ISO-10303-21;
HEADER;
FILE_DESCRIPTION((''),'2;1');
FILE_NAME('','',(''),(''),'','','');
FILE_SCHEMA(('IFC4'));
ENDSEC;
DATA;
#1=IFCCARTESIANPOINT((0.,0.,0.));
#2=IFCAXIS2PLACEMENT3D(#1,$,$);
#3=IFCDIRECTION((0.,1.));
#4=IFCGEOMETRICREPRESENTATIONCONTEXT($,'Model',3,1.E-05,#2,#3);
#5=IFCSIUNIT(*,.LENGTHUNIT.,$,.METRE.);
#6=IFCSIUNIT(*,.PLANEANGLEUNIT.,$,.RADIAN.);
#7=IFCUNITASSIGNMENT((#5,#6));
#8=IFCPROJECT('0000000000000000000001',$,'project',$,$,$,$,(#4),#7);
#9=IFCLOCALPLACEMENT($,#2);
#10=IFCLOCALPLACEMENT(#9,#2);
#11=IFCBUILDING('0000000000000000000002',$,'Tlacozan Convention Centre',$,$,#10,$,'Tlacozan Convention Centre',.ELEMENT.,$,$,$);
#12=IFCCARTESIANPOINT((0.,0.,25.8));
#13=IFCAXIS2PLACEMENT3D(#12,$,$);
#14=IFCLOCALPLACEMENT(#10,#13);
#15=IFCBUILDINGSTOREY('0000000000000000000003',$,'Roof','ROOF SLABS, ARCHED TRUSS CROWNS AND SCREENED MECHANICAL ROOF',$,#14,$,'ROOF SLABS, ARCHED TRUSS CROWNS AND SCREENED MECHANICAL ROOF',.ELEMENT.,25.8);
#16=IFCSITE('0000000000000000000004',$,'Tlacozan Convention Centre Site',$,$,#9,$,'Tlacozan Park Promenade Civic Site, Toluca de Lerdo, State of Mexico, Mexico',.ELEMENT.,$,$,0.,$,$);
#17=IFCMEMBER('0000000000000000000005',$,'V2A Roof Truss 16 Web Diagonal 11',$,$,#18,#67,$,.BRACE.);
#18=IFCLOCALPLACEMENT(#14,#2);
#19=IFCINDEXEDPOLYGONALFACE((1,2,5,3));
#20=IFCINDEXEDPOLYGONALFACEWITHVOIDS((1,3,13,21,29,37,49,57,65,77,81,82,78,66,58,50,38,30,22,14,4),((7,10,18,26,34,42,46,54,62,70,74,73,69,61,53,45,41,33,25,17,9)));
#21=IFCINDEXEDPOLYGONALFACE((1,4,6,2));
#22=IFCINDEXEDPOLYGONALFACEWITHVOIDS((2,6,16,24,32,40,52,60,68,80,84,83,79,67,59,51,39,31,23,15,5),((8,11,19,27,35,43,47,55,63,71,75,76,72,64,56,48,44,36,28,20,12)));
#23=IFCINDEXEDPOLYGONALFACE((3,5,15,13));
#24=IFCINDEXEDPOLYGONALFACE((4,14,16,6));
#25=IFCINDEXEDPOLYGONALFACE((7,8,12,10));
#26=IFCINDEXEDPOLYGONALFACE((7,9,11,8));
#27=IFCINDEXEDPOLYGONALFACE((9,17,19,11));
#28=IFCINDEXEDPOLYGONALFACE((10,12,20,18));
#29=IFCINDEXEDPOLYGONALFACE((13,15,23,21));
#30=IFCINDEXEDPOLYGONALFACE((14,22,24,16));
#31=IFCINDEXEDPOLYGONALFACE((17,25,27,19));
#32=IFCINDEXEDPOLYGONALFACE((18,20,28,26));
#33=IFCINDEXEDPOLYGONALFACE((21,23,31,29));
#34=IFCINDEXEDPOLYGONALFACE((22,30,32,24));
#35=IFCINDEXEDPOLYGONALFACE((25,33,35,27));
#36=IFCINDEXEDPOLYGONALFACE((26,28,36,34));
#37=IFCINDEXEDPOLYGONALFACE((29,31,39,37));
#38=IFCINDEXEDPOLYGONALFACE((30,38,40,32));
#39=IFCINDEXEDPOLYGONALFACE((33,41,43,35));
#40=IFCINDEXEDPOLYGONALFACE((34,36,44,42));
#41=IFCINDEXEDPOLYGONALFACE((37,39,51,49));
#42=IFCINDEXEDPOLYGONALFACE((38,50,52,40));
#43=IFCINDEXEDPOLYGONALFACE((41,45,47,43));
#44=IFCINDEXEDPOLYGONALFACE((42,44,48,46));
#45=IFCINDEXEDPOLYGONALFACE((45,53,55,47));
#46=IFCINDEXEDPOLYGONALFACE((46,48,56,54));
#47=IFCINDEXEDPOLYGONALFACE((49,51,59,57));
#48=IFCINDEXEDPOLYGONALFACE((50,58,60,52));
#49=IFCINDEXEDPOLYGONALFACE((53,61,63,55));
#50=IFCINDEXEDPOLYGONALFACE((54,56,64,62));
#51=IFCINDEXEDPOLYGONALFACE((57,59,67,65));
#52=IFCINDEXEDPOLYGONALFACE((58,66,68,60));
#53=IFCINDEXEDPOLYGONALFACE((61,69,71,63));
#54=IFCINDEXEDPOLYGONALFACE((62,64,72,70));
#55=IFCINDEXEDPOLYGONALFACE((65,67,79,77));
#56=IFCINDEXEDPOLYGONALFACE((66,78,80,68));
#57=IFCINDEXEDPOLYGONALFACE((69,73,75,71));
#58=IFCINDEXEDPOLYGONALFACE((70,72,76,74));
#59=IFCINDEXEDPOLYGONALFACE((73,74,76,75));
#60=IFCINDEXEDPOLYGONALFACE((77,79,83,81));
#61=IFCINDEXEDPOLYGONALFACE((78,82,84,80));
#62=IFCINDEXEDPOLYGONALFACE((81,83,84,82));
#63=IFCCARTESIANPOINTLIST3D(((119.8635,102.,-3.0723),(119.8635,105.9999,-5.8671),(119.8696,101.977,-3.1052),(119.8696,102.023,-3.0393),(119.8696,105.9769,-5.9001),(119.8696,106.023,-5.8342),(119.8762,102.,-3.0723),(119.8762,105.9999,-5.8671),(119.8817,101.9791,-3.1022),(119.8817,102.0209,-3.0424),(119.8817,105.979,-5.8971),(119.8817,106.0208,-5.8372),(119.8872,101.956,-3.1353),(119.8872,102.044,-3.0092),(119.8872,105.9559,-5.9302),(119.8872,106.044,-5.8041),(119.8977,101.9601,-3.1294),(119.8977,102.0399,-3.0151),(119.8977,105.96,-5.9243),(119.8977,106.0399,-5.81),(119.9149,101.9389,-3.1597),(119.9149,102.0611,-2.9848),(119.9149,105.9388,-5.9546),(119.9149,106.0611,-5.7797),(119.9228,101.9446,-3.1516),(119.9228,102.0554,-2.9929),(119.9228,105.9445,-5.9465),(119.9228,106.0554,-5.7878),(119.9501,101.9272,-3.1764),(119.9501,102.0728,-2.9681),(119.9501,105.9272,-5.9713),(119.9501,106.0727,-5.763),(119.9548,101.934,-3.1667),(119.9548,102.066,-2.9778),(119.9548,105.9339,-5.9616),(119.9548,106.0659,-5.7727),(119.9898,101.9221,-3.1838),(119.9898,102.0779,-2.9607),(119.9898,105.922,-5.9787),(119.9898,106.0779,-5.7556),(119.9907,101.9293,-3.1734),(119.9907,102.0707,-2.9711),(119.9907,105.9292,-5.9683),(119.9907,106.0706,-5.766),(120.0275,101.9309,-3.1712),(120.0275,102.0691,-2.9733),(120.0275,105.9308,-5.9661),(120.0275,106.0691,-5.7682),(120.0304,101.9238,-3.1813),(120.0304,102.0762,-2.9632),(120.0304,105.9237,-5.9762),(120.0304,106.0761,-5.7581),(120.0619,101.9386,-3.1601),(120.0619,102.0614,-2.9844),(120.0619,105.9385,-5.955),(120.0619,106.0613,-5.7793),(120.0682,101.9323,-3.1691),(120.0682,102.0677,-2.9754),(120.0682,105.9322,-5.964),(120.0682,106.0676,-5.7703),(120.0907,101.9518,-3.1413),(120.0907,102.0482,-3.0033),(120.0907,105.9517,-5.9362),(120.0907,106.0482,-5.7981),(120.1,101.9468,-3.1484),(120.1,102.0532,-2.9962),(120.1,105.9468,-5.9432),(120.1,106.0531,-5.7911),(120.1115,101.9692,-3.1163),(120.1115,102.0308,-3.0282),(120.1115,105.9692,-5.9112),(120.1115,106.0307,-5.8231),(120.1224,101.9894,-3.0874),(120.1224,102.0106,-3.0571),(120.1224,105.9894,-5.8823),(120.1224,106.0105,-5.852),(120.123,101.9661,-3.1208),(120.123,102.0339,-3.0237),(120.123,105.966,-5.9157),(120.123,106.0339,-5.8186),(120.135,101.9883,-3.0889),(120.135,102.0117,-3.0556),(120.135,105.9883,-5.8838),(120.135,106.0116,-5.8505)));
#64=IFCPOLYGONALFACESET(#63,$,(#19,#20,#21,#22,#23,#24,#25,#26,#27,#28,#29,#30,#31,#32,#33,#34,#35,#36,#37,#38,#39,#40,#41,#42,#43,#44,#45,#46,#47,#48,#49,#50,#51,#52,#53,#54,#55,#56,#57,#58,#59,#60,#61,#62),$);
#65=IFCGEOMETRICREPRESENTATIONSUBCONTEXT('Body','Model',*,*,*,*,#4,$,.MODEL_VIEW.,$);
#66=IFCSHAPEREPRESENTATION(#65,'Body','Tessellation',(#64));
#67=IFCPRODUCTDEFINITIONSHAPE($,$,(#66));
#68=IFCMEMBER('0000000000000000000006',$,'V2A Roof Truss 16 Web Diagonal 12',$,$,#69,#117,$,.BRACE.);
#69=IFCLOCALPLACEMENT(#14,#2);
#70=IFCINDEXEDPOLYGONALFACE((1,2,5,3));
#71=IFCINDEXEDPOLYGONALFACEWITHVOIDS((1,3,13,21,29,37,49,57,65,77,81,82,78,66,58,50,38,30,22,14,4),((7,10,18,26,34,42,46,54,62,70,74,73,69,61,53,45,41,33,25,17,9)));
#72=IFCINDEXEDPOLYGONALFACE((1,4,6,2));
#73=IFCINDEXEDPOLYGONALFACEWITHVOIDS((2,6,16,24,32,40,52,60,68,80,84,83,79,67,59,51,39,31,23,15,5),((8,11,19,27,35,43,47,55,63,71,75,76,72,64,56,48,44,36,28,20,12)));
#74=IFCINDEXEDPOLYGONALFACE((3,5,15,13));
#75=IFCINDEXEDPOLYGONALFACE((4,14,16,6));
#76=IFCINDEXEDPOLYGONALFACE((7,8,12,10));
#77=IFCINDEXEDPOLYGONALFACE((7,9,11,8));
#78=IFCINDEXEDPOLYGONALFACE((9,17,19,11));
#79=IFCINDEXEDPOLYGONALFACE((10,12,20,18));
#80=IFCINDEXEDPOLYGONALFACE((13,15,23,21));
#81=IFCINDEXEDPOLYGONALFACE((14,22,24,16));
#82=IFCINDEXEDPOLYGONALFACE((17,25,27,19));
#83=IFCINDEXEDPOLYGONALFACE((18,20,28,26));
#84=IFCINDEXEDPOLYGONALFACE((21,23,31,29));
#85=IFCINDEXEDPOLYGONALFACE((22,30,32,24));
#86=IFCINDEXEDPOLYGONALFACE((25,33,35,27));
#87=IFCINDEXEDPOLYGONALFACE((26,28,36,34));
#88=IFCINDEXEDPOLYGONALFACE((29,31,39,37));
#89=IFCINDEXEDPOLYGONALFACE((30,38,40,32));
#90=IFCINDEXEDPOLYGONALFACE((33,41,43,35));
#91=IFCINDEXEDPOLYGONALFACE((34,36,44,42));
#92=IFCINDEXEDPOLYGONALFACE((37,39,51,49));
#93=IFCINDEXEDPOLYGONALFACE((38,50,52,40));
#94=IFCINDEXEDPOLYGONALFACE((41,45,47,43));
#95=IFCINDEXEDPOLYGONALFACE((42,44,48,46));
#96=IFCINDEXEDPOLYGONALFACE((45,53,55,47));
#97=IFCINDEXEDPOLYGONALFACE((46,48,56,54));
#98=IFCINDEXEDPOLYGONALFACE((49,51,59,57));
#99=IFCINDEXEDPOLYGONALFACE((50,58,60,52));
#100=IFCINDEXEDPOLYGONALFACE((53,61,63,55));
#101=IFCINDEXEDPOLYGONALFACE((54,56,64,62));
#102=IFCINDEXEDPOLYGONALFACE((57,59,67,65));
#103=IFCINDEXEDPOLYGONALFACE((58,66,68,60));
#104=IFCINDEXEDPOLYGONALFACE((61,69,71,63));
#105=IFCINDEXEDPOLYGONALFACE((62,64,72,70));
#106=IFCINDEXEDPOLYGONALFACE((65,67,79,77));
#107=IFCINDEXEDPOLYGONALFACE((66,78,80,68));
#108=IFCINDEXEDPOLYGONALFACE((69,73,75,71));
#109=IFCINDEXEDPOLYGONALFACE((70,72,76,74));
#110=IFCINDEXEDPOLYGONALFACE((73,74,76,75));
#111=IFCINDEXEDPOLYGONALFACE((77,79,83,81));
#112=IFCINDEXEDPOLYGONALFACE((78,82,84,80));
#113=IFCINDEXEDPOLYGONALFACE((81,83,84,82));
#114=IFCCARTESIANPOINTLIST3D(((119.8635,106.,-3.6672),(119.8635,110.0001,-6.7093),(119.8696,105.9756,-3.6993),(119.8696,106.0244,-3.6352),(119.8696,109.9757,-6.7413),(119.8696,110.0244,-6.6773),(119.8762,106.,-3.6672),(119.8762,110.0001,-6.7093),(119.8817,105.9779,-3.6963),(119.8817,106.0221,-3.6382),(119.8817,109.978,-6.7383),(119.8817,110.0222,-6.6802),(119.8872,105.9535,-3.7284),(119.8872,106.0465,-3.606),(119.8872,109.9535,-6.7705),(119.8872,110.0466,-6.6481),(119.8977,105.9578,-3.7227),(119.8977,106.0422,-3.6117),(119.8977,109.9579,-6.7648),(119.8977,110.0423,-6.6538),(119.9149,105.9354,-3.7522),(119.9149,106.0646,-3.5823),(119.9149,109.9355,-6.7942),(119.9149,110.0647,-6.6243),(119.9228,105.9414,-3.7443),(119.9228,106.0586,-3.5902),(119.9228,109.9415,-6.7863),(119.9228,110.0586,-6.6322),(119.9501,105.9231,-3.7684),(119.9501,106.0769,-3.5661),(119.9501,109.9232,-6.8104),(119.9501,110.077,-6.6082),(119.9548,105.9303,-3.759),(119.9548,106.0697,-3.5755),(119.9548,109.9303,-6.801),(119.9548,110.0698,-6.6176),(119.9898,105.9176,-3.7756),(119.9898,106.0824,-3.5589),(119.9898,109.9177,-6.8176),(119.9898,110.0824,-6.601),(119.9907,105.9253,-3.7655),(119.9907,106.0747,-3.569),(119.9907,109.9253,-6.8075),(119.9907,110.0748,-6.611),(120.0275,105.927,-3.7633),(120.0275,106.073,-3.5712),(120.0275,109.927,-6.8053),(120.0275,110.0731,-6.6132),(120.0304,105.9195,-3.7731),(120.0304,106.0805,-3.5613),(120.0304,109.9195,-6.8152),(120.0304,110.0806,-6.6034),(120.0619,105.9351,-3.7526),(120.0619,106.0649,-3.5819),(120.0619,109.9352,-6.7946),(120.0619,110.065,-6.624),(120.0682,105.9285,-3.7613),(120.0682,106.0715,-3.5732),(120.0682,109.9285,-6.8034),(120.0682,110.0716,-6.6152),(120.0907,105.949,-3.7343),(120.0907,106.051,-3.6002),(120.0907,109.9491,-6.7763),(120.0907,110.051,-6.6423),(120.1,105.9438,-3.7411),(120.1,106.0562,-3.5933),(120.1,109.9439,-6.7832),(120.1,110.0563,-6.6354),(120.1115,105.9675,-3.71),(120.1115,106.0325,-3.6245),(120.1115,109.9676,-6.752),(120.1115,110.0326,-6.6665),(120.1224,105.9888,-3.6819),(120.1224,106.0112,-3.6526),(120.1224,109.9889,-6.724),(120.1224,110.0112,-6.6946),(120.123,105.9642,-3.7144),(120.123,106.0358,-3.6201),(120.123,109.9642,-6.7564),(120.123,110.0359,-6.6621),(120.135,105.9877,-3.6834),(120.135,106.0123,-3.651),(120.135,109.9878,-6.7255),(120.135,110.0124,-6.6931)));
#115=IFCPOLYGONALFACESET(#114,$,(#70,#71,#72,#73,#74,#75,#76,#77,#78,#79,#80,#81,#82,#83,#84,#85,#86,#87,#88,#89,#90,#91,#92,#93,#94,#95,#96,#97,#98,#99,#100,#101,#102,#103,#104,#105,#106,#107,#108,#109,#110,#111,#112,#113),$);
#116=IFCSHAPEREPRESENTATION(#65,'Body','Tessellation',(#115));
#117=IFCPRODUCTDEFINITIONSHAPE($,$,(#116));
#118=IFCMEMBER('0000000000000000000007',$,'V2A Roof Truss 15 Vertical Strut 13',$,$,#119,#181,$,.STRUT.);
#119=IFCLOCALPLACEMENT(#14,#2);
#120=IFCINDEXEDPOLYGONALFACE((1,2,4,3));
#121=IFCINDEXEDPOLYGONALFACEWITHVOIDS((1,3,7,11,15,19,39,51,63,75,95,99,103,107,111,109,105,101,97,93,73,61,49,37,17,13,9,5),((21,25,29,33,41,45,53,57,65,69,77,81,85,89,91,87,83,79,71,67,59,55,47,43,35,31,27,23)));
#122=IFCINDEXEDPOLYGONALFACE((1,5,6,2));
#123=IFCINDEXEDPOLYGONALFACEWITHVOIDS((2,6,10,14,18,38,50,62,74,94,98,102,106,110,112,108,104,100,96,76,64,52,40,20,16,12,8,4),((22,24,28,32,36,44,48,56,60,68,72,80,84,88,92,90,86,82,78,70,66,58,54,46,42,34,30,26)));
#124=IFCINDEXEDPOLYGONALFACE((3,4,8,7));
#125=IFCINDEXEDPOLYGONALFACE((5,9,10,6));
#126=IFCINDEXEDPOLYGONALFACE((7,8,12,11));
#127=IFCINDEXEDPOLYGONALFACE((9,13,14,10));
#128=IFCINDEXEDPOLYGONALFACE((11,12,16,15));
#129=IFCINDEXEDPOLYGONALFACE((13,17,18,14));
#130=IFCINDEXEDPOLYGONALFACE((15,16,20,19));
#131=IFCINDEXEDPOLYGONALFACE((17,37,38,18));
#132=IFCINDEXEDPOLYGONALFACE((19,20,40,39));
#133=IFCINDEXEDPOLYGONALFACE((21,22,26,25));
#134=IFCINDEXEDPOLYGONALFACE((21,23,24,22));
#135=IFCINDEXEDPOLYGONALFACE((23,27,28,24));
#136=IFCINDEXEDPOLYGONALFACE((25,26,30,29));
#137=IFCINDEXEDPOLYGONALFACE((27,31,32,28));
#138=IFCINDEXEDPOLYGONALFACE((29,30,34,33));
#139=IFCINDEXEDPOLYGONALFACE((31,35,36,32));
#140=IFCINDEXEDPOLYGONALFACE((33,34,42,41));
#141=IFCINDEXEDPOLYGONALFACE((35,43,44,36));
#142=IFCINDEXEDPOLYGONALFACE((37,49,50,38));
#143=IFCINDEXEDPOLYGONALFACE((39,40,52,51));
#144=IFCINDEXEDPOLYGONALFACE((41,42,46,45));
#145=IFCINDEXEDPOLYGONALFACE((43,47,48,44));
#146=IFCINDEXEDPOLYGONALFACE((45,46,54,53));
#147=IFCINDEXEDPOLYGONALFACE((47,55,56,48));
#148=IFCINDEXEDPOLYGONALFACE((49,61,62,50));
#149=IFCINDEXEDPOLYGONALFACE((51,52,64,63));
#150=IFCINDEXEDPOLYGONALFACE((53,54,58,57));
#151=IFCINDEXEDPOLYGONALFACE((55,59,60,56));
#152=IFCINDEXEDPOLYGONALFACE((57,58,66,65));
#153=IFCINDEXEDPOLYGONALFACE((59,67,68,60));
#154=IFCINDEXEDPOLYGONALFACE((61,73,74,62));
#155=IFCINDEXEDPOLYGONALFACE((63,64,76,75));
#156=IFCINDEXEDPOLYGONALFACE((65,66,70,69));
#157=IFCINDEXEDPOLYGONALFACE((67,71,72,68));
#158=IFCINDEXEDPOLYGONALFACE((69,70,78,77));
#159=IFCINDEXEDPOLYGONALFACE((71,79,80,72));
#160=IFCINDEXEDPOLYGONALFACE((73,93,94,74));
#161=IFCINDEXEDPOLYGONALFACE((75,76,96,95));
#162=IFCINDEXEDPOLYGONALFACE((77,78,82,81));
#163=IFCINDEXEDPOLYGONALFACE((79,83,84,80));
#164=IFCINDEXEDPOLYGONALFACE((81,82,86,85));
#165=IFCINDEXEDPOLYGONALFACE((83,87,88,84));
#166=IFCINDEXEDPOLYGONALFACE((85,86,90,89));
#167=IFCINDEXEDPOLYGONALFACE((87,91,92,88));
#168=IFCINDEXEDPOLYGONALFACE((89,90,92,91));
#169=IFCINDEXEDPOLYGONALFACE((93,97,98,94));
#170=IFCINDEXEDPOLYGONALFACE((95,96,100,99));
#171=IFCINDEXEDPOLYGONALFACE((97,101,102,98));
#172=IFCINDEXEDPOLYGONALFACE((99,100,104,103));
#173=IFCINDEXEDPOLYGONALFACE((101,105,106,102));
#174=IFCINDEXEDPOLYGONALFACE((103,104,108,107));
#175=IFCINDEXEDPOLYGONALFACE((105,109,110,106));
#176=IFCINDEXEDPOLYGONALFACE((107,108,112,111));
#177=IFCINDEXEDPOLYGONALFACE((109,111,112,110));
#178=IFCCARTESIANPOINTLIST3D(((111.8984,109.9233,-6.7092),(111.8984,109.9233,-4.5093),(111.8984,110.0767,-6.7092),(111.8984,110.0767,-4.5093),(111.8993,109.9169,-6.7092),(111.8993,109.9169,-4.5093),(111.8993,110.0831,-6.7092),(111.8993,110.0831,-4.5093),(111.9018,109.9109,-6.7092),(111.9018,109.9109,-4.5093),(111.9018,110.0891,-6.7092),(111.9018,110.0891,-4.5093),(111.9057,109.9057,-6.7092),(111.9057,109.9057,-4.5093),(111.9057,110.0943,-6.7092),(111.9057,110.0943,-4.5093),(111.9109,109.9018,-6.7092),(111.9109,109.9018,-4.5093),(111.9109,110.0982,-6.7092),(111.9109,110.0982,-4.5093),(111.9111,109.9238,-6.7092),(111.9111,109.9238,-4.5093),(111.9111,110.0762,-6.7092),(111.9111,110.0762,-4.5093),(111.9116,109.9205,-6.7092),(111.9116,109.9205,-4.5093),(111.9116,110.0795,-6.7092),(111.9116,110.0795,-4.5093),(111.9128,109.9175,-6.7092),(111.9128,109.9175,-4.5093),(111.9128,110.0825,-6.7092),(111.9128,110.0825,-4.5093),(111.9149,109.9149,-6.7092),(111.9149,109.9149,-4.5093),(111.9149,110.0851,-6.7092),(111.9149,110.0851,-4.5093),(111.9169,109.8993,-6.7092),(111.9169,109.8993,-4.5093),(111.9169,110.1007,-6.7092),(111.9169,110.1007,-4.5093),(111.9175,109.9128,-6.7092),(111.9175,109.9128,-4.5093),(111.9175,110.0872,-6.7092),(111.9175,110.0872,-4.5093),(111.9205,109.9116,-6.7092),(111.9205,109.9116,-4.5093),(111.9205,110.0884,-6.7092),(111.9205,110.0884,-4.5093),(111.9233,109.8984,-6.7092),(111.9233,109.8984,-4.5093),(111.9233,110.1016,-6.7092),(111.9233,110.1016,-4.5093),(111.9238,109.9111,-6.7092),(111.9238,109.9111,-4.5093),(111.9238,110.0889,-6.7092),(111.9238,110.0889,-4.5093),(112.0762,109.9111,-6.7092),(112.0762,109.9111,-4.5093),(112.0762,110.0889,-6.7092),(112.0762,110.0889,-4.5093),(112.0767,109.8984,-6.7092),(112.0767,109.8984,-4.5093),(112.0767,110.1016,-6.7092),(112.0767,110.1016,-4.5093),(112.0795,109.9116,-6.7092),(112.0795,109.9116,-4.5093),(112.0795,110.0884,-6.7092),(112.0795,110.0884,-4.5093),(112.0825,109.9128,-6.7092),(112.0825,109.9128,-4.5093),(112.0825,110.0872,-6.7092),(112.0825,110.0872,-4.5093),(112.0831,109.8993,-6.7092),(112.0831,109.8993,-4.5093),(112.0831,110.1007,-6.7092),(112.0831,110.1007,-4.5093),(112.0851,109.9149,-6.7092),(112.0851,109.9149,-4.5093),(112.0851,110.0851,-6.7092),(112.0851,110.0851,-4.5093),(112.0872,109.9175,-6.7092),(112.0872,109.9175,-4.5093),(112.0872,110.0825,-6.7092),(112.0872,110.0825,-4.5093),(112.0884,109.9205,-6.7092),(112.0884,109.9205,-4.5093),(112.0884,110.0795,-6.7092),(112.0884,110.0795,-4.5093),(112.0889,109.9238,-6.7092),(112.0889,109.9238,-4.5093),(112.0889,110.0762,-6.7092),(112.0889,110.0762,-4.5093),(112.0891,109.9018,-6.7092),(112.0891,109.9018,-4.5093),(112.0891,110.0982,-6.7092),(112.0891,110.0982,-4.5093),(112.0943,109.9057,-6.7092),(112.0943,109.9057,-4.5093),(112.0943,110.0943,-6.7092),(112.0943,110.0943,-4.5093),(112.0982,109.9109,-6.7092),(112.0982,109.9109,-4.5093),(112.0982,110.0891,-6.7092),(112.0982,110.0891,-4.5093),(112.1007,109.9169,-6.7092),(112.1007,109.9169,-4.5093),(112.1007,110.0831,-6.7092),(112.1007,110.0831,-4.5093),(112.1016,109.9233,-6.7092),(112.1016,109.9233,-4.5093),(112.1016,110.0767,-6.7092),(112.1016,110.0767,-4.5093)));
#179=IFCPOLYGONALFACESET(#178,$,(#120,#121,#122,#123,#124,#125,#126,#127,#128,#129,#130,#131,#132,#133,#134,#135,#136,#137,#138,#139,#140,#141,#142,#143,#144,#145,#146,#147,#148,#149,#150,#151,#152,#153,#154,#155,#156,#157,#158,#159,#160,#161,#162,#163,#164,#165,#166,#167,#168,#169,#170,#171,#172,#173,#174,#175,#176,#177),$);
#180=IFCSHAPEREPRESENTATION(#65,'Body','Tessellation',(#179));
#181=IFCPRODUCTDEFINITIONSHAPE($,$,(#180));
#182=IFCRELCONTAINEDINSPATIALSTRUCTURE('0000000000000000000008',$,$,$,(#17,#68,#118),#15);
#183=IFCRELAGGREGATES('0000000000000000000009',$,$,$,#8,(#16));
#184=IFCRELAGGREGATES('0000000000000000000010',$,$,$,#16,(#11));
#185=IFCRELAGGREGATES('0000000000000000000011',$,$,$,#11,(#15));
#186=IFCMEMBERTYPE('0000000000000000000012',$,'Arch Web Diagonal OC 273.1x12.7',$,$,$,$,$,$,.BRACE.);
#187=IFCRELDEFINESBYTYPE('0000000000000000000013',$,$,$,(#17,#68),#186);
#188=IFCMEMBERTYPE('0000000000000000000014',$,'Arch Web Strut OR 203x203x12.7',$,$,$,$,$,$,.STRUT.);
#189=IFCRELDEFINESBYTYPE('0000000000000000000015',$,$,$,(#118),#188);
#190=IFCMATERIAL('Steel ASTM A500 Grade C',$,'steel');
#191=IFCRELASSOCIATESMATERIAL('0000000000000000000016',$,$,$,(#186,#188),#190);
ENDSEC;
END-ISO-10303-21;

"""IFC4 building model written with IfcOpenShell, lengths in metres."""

from ifc_helpers import new_model, si_unit, direction, frame, origin, origin_2d, place, context, subcontext, project, spatial, hollow_rectangle, hollow_circle, extrude, material, material_profile, profile_set, type_object, element, save


model = new_model("IFC4")

# Units and contexts
model_context = context("Model", 3, precision=1e-05, world=origin(), true_north=direction((0.0, 1.0)))
body_context = subcontext(model_context, "Body", "Model", "MODEL_VIEW")
ifc_project = project(units=[si_unit("LENGTHUNIT", "METRE"), si_unit("PLANEANGLEUNIT", "RADIAN")], contexts=[model_context])

# Site, building, storey
site_placement = place(None, origin())
site = spatial("IfcSite", under=ifc_project, at=site_placement, Name="Tlacozan Convention Centre Site", LongName="Tlacozan Park Promenade Civic Site, Toluca de Lerdo, State of Mexico, Mexico", CompositionType="ELEMENT", RefElevation=0.0)
building_placement = place(site_placement, origin())
building = spatial("IfcBuilding", under=site, at=building_placement, Name="Tlacozan Convention Centre", LongName="Tlacozan Convention Centre", CompositionType="ELEMENT")
storey_placement = place(building_placement, frame((0.0, 0.0, 25.8)))
storey = spatial("IfcBuildingStorey", under=building, at=storey_placement, Name="Roof", Description="ROOF SLABS, ARCHED TRUSS CROWNS AND SCREENED MECHANICAL ROOF", LongName="ROOF SLABS, ARCHED TRUSS CROWNS AND SCREENED MECHANICAL ROOF", CompositionType="ELEMENT", Elevation=25.8)

# Members
ifc_material_1 = material(Name="Steel ASTM A500 Grade C", Category="steel")
ifc_material_profile_1 = material_profile(ifc_material_1, hollow_circle(Radius=0.1365, WallThickness=0.0127, at=origin_2d()), Name="OC 273.1x12.7")
ifc_profile_set_1 = profile_set([ifc_material_profile_1], Name="Steel ASTM A500 Grade C")
member_type_1 = type_object("IfcMemberType", Name="Arch Web Diagonal OC 273.1x12.7", PredefinedType="BRACE", material=ifc_profile_set_1)
member_1_placement = place(storey_placement, frame((120.0, 102.0, -3.0723), z_axis=(0.0, 0.819721, -0.572764), x_axis=(-1.0, 0.0, 0.0)))
element("IfcMember", 1, at=member_1_placement, inside=storey, type_object=member_type_1, Name="V2A Roof Truss 16 Web Diagonal 11", PredefinedType="BRACE", context=body_context, shape_type="SweptSolid", body=[
    extrude(hollow_circle(Radius=0.1365, WallThickness=0.0127, at=origin_2d()), origin(), (0.0, 0.0, 1.0), 4.8796),
])
member_2_placement = place(storey_placement, frame((120.0, 106.0, -3.6672), z_axis=(0.0, 0.795971, -0.605335), x_axis=(-1.0, 0.0, 0.0)))
element("IfcMember", 2, at=member_2_placement, inside=storey, type_object=member_type_1, Name="V2A Roof Truss 16 Web Diagonal 12", PredefinedType="BRACE", context=body_context, shape_type="SweptSolid", body=[
    extrude(hollow_circle(Radius=0.1365, WallThickness=0.0127, at=origin_2d()), origin(), (0.0, 0.0, 1.0), 5.0254),
])
ifc_material_profile_2 = material_profile(ifc_material_1, hollow_rectangle(XDim=0.2031, YDim=0.2031, WallThickness=0.0127, InnerFilletRadius=0.0127, OuterFilletRadius=0.0249, at=origin_2d()), Name="OR 203x203x12.7")
ifc_profile_set_2 = profile_set([ifc_material_profile_2], Name="Steel ASTM A500 Grade C")
member_type_2 = type_object("IfcMemberType", Name="Arch Web Strut OR 203x203x12.7", PredefinedType="STRUT", material=ifc_profile_set_2)
for number, where, z_axis, x_axis, name in (
    (3, (112.0, 110.0, -6.7092), (0.0, 0.0, 1.0), (1.0, 0.0, 0.0), "V2A Roof Truss 15 Vertical Strut 13"),
):
    element("IfcMember", number, at=place(storey_placement, frame(where, z_axis=z_axis, x_axis=x_axis)), inside=storey, type_object=member_type_2, Name=name, PredefinedType="STRUT", context=body_context, shape_type="SweptSolid", body=[
        extrude(hollow_rectangle(XDim=0.2031, YDim=0.2031, WallThickness=0.0127, InnerFilletRadius=0.0127, OuterFilletRadius=0.0249, at=origin_2d()), origin(), (0.0, 0.0, 1.0), 2.2),
    ])

save(model, "model.ifc")
